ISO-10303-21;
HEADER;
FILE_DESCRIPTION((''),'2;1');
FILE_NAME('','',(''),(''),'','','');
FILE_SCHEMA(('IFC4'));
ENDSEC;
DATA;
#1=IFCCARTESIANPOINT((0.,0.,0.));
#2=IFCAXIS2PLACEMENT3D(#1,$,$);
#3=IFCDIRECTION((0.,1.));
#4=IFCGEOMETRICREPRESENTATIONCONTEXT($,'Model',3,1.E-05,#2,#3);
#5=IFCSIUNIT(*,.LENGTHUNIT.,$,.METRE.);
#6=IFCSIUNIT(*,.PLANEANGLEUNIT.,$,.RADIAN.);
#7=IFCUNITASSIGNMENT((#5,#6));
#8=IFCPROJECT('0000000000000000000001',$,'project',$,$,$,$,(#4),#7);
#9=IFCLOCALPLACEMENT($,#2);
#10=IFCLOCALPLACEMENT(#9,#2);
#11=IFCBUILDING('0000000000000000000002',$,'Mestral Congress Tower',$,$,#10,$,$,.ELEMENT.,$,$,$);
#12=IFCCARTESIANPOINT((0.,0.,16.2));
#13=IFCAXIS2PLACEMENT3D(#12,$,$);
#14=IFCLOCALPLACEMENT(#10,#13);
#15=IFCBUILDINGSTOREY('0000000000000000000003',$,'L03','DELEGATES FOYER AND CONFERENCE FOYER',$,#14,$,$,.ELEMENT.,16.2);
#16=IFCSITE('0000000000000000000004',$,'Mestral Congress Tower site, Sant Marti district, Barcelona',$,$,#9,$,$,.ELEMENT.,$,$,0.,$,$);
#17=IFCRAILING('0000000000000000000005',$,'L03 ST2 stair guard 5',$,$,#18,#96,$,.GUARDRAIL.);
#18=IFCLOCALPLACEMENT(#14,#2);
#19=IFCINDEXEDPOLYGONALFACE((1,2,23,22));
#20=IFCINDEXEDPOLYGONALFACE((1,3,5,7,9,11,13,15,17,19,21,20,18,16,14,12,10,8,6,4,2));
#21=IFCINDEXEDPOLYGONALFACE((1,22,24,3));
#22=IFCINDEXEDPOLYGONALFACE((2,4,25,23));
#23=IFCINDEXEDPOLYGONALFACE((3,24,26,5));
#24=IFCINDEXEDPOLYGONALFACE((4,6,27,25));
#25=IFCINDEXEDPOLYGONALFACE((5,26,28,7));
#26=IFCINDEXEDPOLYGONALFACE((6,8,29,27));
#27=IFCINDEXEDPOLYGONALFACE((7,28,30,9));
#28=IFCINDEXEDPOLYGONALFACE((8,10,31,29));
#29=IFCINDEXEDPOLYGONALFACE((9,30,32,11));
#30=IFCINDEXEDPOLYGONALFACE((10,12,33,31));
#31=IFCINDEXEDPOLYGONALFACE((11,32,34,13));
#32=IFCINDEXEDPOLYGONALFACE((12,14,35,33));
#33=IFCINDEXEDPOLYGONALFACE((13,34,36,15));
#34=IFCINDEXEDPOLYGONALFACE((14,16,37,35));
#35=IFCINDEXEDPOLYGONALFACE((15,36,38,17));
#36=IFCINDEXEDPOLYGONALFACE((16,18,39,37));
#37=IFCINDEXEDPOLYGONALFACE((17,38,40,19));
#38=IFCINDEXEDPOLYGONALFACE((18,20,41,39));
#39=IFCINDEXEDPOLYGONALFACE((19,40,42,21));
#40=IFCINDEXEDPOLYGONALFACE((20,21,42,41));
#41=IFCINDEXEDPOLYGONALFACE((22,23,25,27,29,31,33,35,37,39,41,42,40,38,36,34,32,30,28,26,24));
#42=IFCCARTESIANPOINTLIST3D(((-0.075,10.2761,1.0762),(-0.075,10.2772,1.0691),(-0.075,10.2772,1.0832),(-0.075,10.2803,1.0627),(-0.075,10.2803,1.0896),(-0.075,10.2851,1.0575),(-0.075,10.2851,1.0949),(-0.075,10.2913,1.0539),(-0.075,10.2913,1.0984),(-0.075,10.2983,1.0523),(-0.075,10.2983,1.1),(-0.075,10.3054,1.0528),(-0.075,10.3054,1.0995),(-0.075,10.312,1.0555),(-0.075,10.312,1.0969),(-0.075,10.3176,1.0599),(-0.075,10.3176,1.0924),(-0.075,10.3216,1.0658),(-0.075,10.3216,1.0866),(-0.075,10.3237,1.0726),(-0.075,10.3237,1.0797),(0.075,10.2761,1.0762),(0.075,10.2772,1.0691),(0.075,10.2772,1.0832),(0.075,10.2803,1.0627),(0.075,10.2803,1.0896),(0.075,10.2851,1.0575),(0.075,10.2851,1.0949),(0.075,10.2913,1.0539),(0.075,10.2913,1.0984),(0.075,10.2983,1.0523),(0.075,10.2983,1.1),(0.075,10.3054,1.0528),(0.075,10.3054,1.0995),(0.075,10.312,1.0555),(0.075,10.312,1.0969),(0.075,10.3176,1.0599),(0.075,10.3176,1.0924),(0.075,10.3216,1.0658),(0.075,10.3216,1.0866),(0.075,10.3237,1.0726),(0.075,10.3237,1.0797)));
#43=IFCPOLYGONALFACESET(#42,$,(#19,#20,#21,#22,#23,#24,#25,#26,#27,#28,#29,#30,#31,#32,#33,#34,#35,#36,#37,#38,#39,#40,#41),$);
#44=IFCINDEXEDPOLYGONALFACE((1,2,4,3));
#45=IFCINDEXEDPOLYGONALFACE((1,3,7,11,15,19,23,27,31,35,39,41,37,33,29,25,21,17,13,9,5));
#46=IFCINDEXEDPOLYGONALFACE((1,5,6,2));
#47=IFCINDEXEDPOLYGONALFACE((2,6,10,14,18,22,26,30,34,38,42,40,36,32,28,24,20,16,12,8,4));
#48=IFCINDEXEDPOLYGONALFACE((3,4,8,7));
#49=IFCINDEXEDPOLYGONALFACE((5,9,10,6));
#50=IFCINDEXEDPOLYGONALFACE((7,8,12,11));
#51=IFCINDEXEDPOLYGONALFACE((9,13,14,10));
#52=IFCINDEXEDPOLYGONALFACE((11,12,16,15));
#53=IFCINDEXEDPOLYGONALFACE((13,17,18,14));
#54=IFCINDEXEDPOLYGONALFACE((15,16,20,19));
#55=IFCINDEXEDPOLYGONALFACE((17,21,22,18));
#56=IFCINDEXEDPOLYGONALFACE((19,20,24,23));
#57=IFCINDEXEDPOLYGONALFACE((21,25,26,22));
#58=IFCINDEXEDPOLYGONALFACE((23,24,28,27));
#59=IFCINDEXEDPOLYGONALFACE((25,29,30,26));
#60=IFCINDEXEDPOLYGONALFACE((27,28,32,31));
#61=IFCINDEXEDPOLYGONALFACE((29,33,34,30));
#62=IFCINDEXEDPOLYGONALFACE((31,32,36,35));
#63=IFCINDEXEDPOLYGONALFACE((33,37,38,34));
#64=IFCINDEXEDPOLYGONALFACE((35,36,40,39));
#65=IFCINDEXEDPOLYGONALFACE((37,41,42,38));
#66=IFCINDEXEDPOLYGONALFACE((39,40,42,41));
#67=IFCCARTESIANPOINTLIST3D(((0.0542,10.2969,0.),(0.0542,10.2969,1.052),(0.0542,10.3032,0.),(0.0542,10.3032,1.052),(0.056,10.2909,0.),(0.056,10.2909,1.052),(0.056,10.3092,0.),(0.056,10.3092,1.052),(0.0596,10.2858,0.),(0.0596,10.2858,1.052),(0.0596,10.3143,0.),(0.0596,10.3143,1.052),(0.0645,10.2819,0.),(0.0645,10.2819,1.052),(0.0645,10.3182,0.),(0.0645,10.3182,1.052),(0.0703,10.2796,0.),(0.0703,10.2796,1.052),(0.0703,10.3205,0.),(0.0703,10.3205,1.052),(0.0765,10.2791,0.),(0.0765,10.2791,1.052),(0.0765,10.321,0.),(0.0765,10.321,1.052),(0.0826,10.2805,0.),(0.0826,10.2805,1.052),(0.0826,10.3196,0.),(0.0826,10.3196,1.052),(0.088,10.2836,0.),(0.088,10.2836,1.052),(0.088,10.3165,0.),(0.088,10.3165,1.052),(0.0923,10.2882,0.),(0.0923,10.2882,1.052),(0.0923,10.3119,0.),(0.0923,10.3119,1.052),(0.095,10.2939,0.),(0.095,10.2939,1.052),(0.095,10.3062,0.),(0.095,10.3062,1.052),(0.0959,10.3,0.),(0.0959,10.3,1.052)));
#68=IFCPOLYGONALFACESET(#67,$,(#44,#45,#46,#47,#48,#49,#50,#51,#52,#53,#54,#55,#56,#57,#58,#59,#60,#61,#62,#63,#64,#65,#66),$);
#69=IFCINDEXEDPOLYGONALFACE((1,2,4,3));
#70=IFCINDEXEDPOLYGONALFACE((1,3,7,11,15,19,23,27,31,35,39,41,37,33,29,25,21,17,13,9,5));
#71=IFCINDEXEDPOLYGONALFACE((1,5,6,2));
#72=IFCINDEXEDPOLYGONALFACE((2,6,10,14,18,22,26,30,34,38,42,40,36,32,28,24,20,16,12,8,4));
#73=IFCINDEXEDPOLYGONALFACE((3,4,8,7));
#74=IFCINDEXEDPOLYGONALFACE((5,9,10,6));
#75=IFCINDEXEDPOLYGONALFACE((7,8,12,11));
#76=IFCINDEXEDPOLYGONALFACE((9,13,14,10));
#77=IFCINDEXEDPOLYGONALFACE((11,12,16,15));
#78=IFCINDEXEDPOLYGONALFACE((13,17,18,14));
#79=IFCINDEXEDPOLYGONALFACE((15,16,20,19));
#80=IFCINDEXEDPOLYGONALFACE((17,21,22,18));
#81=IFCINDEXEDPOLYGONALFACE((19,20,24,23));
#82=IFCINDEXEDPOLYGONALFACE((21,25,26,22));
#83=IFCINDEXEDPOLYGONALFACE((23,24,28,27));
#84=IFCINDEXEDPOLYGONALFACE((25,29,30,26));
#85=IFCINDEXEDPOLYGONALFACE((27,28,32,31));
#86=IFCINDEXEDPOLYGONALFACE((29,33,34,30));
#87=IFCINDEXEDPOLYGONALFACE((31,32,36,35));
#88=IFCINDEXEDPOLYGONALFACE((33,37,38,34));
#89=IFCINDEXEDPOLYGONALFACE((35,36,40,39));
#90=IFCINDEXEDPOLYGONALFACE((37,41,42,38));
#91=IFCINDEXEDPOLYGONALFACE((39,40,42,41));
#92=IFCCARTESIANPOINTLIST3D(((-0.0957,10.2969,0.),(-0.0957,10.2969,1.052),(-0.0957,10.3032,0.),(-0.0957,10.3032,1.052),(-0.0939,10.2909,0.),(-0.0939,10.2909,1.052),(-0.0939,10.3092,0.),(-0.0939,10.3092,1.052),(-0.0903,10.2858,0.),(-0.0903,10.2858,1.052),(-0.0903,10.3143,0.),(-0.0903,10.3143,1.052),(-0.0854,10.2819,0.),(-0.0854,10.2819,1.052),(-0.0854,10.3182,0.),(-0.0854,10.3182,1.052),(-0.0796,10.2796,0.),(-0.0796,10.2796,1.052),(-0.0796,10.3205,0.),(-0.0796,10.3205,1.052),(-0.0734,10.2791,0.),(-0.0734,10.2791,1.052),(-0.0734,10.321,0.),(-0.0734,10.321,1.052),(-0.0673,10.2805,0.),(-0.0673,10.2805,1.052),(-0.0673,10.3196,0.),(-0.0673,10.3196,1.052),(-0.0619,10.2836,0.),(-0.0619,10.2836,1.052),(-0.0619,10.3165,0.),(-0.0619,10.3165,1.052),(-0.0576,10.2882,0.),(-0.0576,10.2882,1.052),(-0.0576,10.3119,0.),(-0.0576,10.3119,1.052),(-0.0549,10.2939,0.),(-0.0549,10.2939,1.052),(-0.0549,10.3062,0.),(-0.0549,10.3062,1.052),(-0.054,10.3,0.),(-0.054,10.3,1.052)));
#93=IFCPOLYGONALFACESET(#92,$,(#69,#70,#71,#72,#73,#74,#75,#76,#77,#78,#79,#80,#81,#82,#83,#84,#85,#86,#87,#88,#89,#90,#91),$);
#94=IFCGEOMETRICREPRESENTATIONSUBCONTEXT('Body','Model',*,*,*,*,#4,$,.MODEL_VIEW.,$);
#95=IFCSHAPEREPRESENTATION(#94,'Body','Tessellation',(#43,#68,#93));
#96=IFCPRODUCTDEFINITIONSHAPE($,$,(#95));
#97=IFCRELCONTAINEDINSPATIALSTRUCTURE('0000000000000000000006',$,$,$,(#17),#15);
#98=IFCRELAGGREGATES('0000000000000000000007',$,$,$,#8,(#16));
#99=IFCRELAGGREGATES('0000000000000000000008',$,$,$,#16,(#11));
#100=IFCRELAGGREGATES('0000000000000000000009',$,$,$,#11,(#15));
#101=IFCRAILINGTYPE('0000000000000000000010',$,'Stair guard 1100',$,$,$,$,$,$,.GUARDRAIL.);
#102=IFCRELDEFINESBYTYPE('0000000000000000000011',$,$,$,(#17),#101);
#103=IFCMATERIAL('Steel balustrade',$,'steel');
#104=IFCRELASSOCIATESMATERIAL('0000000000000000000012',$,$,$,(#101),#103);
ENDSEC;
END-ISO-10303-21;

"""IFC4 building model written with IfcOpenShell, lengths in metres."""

from ifc_helpers import new_model, si_unit, direction, frame, origin, origin_2d, place, context, subcontext, project, spatial, circle, extrude, material, type_object, element, save


model = new_model("IFC4")

# Units and contexts
model_context = context("Model", 3, precision=1e-05, world=origin(), true_north=direction((0.0, 1.0)))
body_context = subcontext(model_context, "Body", "Model", "MODEL_VIEW")
ifc_project = project(units=[si_unit("LENGTHUNIT", "METRE"), si_unit("PLANEANGLEUNIT", "RADIAN")], contexts=[model_context])

# Site, building, storey
site_placement = place(None, origin())
site = spatial("IfcSite", under=ifc_project, at=site_placement, Name="Mestral Congress Tower site, Sant Marti district, Barcelona", CompositionType="ELEMENT", RefElevation=0.0)
building_placement = place(site_placement, origin())
building = spatial("IfcBuilding", under=site, at=building_placement, Name="Mestral Congress Tower", CompositionType="ELEMENT")
storey_placement = place(building_placement, frame((0.0, 0.0, 16.2)))
storey = spatial("IfcBuildingStorey", under=building, at=storey_placement, Name="L03", Description="DELEGATES FOYER AND CONFERENCE FOYER", CompositionType="ELEMENT", Elevation=16.2)

# Railing
ifc_material_1 = material(Name="Steel balustrade", Category="steel")
railing_type_1 = type_object("IfcRailingType", Name="Stair guard 1100", PredefinedType="GUARDRAIL", material=ifc_material_1)
railing_1_placement = place(storey_placement, frame((0.075, 10.3, 0.0)))
element("IfcRailing", 1, at=railing_1_placement, inside=storey, type_object=railing_type_1, Name="L03 ST2 stair guard 5", PredefinedType="GUARDRAIL", context=body_context, shape_type="SweptSolid", body=[
    extrude(circle(Radius=0.0239, at=origin_2d()), frame((0.0, 0.0, 1.0762), z_axis=(-1.0, 0.0, 0.0), x_axis=(0.0, -1.0, 0.0)), (0.0, 0.0, 1.0), 0.1499),
    extrude(circle(Radius=0.021, at=origin_2d()), origin(), (0.0, 0.0, 1.0), 1.052),
    extrude(circle(Radius=0.021, at=origin_2d()), frame((-0.1499, 0.0, 0.0)), (0.0, 0.0, 1.0), 1.052),
])

save(model, "model.ifc")
